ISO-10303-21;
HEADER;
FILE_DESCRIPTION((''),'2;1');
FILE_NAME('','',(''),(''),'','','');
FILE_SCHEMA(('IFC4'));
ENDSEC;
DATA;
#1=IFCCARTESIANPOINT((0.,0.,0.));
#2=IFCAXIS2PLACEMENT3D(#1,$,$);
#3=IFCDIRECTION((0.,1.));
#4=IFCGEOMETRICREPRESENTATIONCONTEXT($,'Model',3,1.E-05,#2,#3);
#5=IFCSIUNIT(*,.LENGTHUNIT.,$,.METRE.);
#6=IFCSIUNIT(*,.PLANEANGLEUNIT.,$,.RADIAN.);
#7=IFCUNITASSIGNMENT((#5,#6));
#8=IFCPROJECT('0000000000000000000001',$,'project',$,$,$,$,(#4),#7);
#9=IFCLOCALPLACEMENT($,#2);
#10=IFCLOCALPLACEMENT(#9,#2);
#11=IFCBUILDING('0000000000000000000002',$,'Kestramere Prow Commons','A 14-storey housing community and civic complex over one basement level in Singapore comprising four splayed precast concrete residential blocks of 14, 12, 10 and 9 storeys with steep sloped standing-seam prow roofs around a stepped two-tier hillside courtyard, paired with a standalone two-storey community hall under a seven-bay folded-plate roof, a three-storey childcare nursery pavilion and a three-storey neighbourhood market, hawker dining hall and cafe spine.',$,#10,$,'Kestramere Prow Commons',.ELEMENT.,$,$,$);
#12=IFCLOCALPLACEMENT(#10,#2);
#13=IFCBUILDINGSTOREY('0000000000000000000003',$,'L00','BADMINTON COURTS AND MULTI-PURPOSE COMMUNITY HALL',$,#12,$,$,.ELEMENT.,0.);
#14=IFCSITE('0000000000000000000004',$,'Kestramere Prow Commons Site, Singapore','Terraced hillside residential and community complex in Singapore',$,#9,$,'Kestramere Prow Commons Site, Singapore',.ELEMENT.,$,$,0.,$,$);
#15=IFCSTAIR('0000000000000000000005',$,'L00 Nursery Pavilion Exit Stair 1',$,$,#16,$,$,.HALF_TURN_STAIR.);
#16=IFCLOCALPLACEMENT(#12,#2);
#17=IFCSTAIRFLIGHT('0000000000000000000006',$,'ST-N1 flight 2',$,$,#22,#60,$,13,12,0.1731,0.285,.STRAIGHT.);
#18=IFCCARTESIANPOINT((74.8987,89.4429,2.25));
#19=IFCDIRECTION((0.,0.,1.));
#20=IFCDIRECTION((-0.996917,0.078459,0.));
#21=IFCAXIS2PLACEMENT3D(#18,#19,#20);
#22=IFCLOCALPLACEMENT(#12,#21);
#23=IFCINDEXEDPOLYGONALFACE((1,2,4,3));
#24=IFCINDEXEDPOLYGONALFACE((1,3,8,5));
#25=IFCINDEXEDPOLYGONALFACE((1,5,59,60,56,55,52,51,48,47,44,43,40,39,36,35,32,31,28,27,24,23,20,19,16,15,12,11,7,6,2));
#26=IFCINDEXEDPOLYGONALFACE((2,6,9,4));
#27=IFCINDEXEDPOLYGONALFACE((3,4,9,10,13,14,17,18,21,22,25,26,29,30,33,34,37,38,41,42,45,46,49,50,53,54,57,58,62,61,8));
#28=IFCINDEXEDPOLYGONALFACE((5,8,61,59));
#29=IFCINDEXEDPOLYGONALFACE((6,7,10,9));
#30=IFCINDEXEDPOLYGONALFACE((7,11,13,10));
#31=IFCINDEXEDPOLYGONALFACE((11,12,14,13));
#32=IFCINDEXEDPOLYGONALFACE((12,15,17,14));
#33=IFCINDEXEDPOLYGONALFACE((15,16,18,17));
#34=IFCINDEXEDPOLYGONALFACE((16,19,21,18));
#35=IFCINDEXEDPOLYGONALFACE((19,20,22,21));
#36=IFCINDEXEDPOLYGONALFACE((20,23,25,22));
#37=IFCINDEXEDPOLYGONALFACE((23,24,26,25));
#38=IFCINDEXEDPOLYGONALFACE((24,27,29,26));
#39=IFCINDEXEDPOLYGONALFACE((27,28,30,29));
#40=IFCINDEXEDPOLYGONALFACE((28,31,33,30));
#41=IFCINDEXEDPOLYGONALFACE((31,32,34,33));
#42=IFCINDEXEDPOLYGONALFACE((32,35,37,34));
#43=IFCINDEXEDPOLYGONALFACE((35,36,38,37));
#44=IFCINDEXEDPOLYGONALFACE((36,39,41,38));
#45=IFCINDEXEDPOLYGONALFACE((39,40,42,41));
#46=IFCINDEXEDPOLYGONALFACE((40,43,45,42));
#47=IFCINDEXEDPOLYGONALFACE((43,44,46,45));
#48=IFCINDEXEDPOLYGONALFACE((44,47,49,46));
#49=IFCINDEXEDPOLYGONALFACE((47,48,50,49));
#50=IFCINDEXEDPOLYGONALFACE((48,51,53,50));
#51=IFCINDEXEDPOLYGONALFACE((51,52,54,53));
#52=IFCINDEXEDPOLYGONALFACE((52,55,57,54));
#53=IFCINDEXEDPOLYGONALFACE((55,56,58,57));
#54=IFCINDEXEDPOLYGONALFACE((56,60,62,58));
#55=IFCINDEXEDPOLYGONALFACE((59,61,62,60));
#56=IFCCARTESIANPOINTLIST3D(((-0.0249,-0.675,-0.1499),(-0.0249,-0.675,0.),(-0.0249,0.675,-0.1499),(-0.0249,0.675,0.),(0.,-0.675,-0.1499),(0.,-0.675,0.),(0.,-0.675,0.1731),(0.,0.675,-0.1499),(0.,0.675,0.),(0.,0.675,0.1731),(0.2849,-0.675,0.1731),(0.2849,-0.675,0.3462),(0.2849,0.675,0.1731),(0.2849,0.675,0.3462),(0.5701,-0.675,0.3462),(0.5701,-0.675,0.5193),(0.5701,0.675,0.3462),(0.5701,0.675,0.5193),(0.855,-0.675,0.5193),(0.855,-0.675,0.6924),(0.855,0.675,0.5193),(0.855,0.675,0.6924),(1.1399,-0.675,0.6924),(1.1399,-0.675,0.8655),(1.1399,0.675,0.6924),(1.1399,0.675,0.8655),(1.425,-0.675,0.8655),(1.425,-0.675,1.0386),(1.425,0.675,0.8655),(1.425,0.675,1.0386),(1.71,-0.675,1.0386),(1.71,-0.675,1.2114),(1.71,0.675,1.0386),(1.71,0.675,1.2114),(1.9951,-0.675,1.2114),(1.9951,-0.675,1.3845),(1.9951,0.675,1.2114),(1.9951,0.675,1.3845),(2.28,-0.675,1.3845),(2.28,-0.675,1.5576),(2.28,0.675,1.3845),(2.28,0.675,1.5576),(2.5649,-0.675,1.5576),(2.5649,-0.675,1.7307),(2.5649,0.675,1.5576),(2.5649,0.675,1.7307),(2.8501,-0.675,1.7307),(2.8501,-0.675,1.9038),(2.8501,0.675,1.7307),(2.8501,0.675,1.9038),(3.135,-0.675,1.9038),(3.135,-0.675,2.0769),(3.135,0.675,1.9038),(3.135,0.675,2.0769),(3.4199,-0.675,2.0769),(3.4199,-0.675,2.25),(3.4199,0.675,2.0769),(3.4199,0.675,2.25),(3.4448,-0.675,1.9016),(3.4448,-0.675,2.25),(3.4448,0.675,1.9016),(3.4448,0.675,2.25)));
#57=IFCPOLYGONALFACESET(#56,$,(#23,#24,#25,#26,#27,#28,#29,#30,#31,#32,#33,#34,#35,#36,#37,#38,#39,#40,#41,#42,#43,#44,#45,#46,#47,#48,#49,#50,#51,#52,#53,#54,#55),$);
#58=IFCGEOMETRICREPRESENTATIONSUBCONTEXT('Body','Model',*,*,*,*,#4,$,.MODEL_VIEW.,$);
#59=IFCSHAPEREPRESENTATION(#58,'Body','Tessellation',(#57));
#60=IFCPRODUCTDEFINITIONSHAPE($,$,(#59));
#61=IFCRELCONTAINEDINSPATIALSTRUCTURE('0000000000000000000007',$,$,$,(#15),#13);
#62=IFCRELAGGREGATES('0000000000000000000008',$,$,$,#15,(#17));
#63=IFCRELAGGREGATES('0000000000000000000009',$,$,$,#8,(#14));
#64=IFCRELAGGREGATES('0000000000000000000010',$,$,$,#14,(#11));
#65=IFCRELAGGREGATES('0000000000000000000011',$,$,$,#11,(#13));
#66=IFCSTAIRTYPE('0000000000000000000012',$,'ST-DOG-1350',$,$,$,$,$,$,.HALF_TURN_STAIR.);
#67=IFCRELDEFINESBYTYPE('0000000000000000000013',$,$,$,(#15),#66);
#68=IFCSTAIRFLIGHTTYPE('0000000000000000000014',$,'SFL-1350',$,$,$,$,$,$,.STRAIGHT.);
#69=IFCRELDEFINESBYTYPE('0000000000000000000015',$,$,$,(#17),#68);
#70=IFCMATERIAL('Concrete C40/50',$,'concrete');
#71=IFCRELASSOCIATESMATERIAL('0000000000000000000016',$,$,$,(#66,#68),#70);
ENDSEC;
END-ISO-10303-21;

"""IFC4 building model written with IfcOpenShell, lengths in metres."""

from ifc_helpers import new_model, si_unit, direction, frame, origin, place, context, subcontext, project, spatial, polyline, outline, extrude, material, type_object, element, aggregate, save


model = new_model("IFC4")

# Units and contexts
model_context = context("Model", 3, precision=1e-05, world=origin(), true_north=direction((0.0, 1.0)))
body_context = subcontext(model_context, "Body", "Model", "MODEL_VIEW")
ifc_project = project(units=[si_unit("LENGTHUNIT", "METRE"), si_unit("PLANEANGLEUNIT", "RADIAN")], contexts=[model_context])

# Site, building, storey
site_placement = place(None, origin())
site = spatial("IfcSite", under=ifc_project, at=site_placement, Name="Kestramere Prow Commons Site, Singapore", Description="Terraced hillside residential and community complex in Singapore", LongName="Kestramere Prow Commons Site, Singapore", CompositionType="ELEMENT", RefElevation=0.0)
building_placement = place(site_placement, origin())
building = spatial("IfcBuilding", under=site, at=building_placement, Name="Kestramere Prow Commons", Description="A 14-storey housing community and civic complex over one basement level in Singapore comprising four splayed precast concrete residential blocks of 14, 12, 10 and 9 storeys with steep sloped standing-seam prow roofs around a stepped two-tier hillside courtyard, paired with a standalone two-storey community hall under a seven-bay folded-plate roof, a three-storey childcare nursery pavilion and a three-storey neighbourhood market, hawker dining hall and cafe spine.", LongName="Kestramere Prow Commons", CompositionType="ELEMENT")
storey_placement = place(building_placement, origin())
storey = spatial("IfcBuildingStorey", under=building, at=storey_placement, Name="L00", Description="BADMINTON COURTS AND MULTI-PURPOSE COMMUNITY HALL", CompositionType="ELEMENT", Elevation=0.0)

# Shared definitions
ifc_material_1 = material(Name="Concrete C40/50", Category="concrete")

# Stair, stair flight
stair_type = type_object("IfcStairType", Name="ST-DOG-1350", PredefinedType="HALF_TURN_STAIR", material=ifc_material_1)
stair_placement = place(storey_placement, origin())
stair = element("IfcStair", 1, at=stair_placement, inside=storey, type_object=stair_type, Name="L00 Nursery Pavilion Exit Stair 1", PredefinedType="HALF_TURN_STAIR")
stair_flight_type = type_object("IfcStairFlightType", Name="SFL-1350", PredefinedType="STRAIGHT", material=ifc_material_1)
stair_flight_placement = place(storey_placement, frame((74.8987, 89.4429, 2.25), z_axis=(0.0, 0.0, 1.0), x_axis=(-0.996917, 0.078459, 0.0)))
stair_flight = element("IfcStairFlight", 2, at=stair_flight_placement, type_object=stair_flight_type, Name="ST-N1 flight 2", NumberOfRisers=13, NumberOfTreads=12, PredefinedType="STRAIGHT", RiserHeight=0.1731, TreadLength=0.285, context=body_context, shape_type="SweptSolid", body=[
    extrude(outline(polyline([(-0.0249, 0.0), (0.0, 0.0), (0.0, 0.1731), (0.2849, 0.1731), (0.2849, 0.3462), (0.5701, 0.3462), (0.5701, 0.5193), (0.855, 0.5193), (0.855, 0.6924), (1.1399, 0.6924), (1.1399, 0.8655), (1.425, 0.8655), (1.425, 1.0386), (1.71, 1.0386), (1.71, 1.2114), (1.9951, 1.2114), (1.9951, 1.3845), (2.28, 1.3845), (2.28, 1.5576), (2.5649, 1.5576), (2.5649, 1.7307), (2.8501, 1.7307), (2.8501, 1.9038), (3.135, 1.9038), (3.135, 2.0769), (3.4199, 2.0769), (3.4199, 2.25), (3.4448, 2.25), (3.4448, 1.9016), (0.0, -0.1499), (-0.0249, -0.1499), (-0.0249, 0.0)])), frame((0.0, 0.675, 0.0), z_axis=(0.0, -1.0, 0.0), x_axis=(1.0, 0.0, 0.0)), (0.0, 0.0, 1.0), 1.3501),
])
aggregate(stair, [stair_flight])

save(model, "model.ifc")
